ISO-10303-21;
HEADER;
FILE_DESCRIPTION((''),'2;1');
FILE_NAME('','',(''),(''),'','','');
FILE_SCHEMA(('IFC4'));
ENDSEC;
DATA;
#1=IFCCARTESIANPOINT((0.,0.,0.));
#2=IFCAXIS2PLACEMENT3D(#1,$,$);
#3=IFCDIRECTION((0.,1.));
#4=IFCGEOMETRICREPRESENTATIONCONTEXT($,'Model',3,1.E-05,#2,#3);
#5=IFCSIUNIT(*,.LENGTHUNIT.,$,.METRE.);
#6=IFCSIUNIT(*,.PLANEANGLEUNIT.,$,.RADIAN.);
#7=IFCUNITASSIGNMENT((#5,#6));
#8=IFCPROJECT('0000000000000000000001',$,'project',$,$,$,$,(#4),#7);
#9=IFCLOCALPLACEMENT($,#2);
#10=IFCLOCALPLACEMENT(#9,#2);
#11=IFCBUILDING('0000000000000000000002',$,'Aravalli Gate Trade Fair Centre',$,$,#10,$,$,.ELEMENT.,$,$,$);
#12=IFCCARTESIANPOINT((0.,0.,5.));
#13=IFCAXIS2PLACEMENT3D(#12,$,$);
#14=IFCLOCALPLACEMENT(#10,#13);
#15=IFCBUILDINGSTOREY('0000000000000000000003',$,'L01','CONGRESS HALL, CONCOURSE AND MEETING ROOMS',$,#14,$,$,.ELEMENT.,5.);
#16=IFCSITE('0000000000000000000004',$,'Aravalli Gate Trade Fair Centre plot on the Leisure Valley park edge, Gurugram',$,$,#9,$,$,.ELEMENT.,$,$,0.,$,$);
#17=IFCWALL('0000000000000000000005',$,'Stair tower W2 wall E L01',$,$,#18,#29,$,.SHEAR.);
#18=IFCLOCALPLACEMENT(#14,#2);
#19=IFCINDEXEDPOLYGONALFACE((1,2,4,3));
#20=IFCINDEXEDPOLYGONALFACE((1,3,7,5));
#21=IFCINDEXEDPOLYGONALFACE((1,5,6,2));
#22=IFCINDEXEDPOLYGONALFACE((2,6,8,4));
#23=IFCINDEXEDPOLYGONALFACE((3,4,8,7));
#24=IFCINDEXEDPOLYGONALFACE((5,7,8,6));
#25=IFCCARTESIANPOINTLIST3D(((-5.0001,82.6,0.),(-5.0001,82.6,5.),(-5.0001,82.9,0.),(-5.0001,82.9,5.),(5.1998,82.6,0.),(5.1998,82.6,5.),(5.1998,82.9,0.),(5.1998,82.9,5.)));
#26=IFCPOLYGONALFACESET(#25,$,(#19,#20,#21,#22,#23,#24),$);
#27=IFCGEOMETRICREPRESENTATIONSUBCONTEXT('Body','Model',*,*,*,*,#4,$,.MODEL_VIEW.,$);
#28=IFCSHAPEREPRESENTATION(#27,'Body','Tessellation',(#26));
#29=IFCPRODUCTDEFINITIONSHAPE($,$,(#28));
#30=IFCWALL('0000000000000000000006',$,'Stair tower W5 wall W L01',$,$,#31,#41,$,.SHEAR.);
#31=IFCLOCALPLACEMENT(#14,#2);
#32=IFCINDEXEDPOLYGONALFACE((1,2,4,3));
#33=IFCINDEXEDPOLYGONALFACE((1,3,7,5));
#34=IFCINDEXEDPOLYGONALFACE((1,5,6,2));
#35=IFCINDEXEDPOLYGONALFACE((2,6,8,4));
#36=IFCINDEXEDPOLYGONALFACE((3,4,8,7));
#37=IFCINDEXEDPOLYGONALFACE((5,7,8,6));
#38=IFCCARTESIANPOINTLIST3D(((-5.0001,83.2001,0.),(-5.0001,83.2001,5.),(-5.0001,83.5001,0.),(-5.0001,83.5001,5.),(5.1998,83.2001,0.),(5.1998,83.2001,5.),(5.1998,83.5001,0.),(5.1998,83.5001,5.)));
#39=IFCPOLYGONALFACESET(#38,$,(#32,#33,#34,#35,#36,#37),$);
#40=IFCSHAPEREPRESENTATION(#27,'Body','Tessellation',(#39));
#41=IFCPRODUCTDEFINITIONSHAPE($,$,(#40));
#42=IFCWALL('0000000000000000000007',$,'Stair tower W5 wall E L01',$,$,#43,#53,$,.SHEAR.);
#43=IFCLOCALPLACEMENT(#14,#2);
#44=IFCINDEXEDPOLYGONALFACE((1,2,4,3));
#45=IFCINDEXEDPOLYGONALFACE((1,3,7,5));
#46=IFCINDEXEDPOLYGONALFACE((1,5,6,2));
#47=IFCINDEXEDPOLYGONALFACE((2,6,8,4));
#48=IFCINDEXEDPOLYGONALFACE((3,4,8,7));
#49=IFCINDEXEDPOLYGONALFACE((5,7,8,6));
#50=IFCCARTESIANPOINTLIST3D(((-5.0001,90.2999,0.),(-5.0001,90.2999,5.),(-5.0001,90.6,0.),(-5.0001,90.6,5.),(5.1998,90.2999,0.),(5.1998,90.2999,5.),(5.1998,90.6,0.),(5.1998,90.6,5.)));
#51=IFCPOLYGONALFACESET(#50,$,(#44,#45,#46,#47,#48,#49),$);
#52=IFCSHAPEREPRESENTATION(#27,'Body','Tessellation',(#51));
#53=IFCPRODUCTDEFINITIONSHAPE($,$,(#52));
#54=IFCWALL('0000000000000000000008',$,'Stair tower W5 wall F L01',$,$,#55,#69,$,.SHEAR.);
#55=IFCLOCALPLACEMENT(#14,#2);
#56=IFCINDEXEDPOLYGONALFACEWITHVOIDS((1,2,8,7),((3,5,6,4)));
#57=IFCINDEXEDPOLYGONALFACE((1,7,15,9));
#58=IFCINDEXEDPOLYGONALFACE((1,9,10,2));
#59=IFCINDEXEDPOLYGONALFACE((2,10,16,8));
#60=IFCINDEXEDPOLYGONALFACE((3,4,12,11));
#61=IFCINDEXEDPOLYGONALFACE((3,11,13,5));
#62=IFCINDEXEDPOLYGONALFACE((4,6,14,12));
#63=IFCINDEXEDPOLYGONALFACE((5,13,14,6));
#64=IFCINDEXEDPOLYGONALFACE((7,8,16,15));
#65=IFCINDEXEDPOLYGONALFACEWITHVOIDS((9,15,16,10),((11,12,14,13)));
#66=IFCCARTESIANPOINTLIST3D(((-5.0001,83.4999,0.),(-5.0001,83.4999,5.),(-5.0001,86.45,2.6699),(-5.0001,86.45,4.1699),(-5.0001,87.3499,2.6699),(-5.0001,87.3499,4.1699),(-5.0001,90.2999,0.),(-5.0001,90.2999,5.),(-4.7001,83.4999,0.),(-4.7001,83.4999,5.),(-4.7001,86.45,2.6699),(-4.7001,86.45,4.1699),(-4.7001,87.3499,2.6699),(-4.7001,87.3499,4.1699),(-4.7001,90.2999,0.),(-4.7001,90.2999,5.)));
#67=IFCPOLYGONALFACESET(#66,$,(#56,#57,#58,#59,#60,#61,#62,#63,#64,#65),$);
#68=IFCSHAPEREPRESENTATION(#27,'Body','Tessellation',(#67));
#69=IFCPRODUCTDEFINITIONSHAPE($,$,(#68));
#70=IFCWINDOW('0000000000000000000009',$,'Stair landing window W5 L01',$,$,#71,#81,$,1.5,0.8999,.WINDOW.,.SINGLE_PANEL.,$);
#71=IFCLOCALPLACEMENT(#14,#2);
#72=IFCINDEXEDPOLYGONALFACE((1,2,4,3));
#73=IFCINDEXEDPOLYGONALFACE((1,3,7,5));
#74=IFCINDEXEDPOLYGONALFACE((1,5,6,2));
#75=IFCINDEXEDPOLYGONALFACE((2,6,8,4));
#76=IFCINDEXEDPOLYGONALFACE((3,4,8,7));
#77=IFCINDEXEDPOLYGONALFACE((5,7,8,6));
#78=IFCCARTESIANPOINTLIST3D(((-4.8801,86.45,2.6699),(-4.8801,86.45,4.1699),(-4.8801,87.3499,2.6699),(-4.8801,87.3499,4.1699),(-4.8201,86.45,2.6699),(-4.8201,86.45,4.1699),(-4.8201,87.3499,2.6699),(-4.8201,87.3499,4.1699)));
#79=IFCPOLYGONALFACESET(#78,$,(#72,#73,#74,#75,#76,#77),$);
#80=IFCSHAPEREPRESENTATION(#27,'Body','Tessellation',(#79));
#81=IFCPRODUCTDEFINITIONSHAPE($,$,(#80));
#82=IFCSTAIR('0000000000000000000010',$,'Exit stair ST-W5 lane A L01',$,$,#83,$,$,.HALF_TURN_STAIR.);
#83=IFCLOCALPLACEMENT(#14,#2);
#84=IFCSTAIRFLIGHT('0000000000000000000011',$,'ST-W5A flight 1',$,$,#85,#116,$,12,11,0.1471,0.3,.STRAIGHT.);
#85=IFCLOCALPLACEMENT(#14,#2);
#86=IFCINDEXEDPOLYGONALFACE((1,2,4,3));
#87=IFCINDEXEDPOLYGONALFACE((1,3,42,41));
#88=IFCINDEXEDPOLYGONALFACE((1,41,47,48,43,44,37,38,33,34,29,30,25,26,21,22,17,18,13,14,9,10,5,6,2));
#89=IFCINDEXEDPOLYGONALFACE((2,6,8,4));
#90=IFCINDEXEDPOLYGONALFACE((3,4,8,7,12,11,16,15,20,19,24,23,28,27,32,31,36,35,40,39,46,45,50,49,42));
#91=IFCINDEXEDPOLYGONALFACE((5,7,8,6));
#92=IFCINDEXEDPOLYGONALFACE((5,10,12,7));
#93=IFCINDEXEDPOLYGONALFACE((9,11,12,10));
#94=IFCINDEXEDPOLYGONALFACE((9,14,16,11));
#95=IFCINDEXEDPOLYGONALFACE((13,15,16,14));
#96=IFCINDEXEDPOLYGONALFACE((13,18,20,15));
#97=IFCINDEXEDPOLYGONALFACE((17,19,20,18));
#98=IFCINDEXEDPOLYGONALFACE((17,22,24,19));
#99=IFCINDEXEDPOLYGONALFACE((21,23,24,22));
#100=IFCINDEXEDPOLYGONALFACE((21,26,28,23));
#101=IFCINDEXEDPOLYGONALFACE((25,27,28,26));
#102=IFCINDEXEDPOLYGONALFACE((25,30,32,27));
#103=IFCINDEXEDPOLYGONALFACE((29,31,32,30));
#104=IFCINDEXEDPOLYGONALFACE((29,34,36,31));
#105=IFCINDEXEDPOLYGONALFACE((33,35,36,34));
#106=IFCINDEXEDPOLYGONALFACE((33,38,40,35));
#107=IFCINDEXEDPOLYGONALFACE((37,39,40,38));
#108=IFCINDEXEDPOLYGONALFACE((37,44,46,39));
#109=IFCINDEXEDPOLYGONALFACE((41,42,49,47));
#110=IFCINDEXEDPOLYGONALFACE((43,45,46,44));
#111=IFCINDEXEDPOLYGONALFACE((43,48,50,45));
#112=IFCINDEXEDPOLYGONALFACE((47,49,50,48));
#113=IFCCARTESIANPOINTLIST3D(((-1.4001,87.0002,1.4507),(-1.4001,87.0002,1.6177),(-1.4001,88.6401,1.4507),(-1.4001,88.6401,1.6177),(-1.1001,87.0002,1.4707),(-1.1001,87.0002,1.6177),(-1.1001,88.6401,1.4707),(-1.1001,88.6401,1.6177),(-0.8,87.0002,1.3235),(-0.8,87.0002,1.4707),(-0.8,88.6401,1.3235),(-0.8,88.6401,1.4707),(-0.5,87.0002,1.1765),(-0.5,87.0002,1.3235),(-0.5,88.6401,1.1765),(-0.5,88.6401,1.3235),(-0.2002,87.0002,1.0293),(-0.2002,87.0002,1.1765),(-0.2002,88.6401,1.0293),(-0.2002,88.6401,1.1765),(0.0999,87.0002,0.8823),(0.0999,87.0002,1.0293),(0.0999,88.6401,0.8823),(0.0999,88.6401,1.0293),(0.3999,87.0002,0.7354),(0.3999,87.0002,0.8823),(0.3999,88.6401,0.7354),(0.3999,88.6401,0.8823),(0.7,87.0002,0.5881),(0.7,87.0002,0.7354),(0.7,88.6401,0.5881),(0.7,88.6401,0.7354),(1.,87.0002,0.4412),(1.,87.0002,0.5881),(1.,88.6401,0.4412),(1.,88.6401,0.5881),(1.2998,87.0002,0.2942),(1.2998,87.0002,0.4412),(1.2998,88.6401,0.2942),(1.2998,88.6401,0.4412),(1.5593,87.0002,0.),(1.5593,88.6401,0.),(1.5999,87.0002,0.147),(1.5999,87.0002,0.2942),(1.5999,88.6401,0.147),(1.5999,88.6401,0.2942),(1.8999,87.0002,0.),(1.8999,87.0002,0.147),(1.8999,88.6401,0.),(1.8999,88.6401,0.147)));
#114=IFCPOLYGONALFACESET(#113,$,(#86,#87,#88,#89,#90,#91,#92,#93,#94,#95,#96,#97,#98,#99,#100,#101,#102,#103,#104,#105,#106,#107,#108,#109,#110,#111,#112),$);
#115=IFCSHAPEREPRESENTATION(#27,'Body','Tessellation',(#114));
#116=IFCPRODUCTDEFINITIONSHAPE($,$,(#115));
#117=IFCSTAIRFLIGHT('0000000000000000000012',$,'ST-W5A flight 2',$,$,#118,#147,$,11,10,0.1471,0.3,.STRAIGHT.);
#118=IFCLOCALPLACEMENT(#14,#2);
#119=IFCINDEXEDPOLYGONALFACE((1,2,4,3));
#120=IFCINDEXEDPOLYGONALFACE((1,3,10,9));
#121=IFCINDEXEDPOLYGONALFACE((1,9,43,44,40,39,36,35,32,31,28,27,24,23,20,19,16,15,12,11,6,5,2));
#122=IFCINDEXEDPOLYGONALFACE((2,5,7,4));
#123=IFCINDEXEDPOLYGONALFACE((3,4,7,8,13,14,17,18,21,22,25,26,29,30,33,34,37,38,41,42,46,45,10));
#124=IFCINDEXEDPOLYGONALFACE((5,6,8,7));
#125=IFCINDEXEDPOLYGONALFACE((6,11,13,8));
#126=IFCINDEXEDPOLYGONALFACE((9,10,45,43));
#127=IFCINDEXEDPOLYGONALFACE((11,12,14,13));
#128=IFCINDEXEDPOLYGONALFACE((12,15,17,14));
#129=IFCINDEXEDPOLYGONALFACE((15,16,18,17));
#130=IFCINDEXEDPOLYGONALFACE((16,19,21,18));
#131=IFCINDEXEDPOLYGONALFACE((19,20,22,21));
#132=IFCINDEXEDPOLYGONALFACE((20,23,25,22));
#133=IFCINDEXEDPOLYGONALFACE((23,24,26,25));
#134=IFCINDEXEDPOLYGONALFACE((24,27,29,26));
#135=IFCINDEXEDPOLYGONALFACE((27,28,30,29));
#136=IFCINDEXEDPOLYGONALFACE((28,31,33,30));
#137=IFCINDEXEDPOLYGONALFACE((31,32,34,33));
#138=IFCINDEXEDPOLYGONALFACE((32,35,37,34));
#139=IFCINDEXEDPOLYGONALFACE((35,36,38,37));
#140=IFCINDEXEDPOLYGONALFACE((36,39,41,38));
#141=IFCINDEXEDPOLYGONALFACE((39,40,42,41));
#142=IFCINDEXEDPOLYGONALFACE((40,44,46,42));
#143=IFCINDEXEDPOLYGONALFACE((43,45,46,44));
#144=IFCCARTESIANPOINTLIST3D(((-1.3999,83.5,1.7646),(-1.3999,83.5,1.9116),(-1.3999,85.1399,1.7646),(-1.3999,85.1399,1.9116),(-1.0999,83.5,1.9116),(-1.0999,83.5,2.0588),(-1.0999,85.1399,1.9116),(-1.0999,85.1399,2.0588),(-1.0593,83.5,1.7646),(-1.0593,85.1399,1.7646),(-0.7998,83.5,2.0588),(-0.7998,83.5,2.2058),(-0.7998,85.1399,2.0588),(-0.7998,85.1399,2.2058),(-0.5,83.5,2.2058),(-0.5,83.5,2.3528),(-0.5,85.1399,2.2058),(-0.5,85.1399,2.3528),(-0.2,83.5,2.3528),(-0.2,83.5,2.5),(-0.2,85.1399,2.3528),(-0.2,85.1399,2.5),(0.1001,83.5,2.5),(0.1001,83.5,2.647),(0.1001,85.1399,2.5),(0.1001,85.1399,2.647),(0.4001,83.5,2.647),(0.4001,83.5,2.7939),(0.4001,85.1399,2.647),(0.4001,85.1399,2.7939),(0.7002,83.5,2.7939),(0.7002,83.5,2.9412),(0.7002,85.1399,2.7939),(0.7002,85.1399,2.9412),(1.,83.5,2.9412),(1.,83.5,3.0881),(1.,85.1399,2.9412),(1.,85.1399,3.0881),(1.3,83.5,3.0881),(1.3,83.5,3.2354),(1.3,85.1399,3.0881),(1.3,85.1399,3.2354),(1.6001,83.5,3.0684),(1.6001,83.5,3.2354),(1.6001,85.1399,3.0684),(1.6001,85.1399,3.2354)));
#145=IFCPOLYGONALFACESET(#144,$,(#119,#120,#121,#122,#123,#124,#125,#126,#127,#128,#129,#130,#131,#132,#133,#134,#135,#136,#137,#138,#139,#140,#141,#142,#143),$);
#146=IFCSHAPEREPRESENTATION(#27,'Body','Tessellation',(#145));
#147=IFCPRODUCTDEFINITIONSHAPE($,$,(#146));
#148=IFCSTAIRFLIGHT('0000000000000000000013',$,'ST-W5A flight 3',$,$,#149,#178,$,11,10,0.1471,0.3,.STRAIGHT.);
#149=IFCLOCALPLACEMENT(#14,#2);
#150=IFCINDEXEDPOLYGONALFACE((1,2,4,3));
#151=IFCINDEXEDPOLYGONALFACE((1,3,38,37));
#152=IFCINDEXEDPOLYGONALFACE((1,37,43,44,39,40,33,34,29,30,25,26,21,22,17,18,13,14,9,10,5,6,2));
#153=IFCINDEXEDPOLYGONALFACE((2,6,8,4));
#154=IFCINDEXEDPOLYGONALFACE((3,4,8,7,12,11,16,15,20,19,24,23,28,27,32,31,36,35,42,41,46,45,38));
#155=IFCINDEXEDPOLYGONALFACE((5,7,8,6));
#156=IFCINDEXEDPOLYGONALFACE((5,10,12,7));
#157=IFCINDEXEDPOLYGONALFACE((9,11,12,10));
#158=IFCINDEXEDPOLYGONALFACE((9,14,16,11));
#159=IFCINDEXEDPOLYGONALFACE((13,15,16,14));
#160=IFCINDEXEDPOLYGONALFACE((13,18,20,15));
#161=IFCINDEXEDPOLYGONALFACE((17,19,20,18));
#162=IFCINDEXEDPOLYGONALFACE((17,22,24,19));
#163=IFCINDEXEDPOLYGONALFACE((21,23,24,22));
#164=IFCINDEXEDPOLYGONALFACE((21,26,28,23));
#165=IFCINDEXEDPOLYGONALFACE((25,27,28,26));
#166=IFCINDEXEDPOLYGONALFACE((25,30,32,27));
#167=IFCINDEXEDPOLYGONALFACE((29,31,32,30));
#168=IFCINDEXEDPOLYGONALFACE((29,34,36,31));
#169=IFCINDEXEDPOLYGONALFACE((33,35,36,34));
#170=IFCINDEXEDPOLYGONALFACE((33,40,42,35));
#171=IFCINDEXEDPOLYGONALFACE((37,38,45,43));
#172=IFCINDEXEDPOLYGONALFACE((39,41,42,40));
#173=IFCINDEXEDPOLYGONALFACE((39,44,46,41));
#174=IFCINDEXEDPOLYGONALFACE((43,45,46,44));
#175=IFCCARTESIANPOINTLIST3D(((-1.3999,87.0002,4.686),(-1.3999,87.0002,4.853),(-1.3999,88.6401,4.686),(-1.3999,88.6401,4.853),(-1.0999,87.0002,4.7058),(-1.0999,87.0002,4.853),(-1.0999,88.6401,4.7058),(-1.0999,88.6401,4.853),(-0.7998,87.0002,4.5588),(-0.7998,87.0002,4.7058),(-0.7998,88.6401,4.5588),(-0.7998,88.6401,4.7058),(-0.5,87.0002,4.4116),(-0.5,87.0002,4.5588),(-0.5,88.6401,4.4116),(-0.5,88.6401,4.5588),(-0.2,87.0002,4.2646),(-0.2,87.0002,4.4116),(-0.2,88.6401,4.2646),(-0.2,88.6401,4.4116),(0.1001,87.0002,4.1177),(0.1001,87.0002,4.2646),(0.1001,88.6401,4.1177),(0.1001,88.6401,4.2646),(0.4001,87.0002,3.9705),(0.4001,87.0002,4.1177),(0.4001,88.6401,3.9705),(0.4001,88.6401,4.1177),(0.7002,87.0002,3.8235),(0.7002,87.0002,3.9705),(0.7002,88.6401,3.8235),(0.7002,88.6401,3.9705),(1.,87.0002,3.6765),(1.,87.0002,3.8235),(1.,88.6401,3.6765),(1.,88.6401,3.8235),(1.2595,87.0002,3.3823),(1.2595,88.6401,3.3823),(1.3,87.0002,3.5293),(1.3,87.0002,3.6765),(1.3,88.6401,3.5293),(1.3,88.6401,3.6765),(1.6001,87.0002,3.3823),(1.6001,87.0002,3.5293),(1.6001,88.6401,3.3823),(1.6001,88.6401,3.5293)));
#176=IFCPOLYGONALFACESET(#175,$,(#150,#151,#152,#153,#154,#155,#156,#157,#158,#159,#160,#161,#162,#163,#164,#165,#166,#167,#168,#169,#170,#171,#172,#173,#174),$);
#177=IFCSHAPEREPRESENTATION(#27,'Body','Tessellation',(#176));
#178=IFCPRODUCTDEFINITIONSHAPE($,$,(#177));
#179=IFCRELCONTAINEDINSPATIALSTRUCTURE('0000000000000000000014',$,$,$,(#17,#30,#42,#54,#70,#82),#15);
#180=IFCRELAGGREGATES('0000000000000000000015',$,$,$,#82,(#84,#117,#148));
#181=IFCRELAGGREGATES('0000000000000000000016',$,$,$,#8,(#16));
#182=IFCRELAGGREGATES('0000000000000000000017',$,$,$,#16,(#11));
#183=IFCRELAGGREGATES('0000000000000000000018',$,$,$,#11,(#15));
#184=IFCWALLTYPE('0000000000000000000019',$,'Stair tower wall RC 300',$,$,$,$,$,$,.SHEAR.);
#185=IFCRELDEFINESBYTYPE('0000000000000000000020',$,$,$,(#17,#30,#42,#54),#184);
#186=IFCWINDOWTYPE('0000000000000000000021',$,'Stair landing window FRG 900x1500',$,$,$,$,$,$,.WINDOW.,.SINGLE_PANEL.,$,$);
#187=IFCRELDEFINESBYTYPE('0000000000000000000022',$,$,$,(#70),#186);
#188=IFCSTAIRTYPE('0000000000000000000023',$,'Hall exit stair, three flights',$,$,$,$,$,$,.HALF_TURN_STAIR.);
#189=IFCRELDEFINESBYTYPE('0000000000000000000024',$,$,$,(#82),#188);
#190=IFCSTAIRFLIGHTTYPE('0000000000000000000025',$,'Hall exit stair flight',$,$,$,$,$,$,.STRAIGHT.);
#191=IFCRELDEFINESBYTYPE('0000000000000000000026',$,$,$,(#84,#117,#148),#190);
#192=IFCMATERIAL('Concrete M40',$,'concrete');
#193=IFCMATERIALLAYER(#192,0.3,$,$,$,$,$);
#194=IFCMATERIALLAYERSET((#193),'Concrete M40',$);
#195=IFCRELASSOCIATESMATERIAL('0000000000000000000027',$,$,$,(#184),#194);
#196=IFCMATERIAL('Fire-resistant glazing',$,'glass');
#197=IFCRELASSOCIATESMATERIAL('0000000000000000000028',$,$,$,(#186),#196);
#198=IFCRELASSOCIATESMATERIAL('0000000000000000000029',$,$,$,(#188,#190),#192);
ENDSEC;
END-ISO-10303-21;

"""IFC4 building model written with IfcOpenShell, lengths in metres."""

from ifc_helpers import new_model, si_unit, direction, frame, frame_2d, origin, place, context, subcontext, project, spatial, polyline, rectangle, outline, extrude, material, layer, layer_set, type_object, element, fill, aggregate, save


model = new_model("IFC4")

# Units and contexts
model_context = context("Model", 3, precision=1e-05, world=origin(), true_north=direction((0.0, 1.0)))
body_context = subcontext(model_context, "Body", "Model", "MODEL_VIEW")
ifc_project = project(units=[si_unit("LENGTHUNIT", "METRE"), si_unit("PLANEANGLEUNIT", "RADIAN")], contexts=[model_context])

# Site, building, storey
site_placement = place(None, origin())
site = spatial("IfcSite", under=ifc_project, at=site_placement, Name="Aravalli Gate Trade Fair Centre plot on the Leisure Valley park edge, Gurugram", CompositionType="ELEMENT", RefElevation=0.0)
building_placement = place(site_placement, origin())
building = spatial("IfcBuilding", under=site, at=building_placement, Name="Aravalli Gate Trade Fair Centre", CompositionType="ELEMENT")
storey_placement = place(building_placement, frame((0.0, 0.0, 5.0)))
storey = spatial("IfcBuildingStorey", under=building, at=storey_placement, Name="L01", Description="CONGRESS HALL, CONCOURSE AND MEETING ROOMS", CompositionType="ELEMENT", Elevation=5.0)

# Walls
ifc_material_1 = material(Name="Concrete M40", Category="concrete")
ifc_layer = layer(ifc_material_1, 0.3)
ifc_layer_set = layer_set([ifc_layer], Name="Concrete M40")
wall_type = type_object("IfcWallType", Name="Stair tower wall RC 300", PredefinedType="SHEAR", material=ifc_layer_set)
for number, where, z_axis, x_axis, name in (
    (1, (5.2, 82.75, 0.0), (0.0, 0.0, 1.0), (-1.0, 0.0, 0.0), "Stair tower W2 wall E L01"),
    (2, (5.2, 83.3501, 0.0), (0.0, 0.0, 1.0), (-1.0, 0.0, 0.0), "Stair tower W5 wall W L01"),
    (3, (5.2, 90.45, 0.0), (0.0, 0.0, 1.0), (-1.0, 0.0, 0.0), "Stair tower W5 wall E L01"),
):
    element("IfcWall", number, at=place(storey_placement, frame(where, z_axis=z_axis, x_axis=x_axis)), inside=storey, type_object=wall_type, Name=name, PredefinedType="SHEAR", context=body_context, shape_type="SweptSolid", body=[
        extrude(rectangle(XDim=10.2, YDim=0.3, at=frame_2d((5.1001, 0.0))), origin(), (0.0, 0.0, 1.0), 5.0),
    ])

# Wall, opening, window
wall_placement = place(storey_placement, frame((-4.8501, 83.5, 0.0), z_axis=(0.0, 0.0, 1.0), x_axis=(0.0, 1.0, 0.0)))
wall = element("IfcWall", 4, at=wall_placement, inside=storey, type_object=wall_type, Name="Stair tower W5 wall F L01", PredefinedType="SHEAR", context=body_context, shape_type="SweptSolid", body=[
    extrude(rectangle(XDim=6.8, YDim=0.3, at=frame_2d((3.3999, 0.0))), origin(), (0.0, 0.0, 1.0), 5.0),
])
opening_placement = place(wall_placement, frame((2.95, 0.0, 2.6699)))
opening = element("IfcOpeningElement", 5, at=opening_placement, cuts=wall, PredefinedType="OPENING", context=body_context, shape_type="SweptSolid", body=[
    extrude(rectangle(XDim=0.8999, YDim=1.5, at=frame_2d((0.45, 0.75))), frame((0.0, 0.1599, 0.0), z_axis=(0.0, -1.0, 0.0), x_axis=(1.0, 0.0, 0.0)), (0.0, 0.0, 1.0), 0.3201),
])
ifc_material_2 = material(Name="Fire-resistant glazing", Category="glass")
window_type = type_object("IfcWindowType", Name="Stair landing window FRG 900x1500", PartitioningType="SINGLE_PANEL", PredefinedType="WINDOW", material=ifc_material_2)
window_placement = place(opening_placement, origin())
window = element("IfcWindow", 6, at=window_placement, inside=storey, type_object=window_type, Name="Stair landing window W5 L01", OverallHeight=1.5, OverallWidth=0.8999, PartitioningType="SINGLE_PANEL", PredefinedType="WINDOW", context=body_context, shape_type="SweptSolid", body=[
    extrude(rectangle(XDim=0.8999, YDim=1.5, at=frame_2d((0.45, 0.75))), frame((0.0, 0.03, 0.0), z_axis=(0.0, -1.0, 0.0), x_axis=(1.0, 0.0, 0.0)), (0.0, 0.0, 1.0), 0.0601),
])
fill(opening, window)

# Stair, stair flights
stair_type = type_object("IfcStairType", Name="Hall exit stair, three flights", PredefinedType="HALF_TURN_STAIR", material=ifc_material_1)
stair_1_placement = place(storey_placement, origin())
stair_1 = element("IfcStair", 7, at=stair_1_placement, inside=storey, type_object=stair_type, Name="Exit stair ST-W5 lane A L01", PredefinedType="HALF_TURN_STAIR")
stair_flight_type = type_object("IfcStairFlightType", Name="Hall exit stair flight", PredefinedType="STRAIGHT", material=ifc_material_1)
stair_flight_1_placement = place(storey_placement, frame((1.8999, 87.8201, 0.0), z_axis=(0.0, 0.0, 1.0), x_axis=(-1.0, 0.0, 0.0)))
stair_flight_1 = element("IfcStairFlight", 8, at=stair_flight_1_placement, type_object=stair_flight_type, Name="ST-W5A flight 1", NumberOfRisers=12, NumberOfTreads=11, PredefinedType="STRAIGHT", RiserHeight=0.1471, TreadLength=0.3, context=body_context, shape_type="SweptSolid", body=[
    extrude(outline(polyline([(0.0, 0.0), (0.0, 0.147), (0.3, 0.147), (0.3, 0.2942), (0.6001, 0.2942), (0.6001, 0.4412), (0.8999, 0.4412), (0.8999, 0.5881), (1.2, 0.5881), (1.2, 0.7354), (1.5, 0.7354), (1.5, 0.8823), (1.8, 0.8823), (1.8, 1.0293), (2.1001, 1.0293), (2.1001, 1.1765), (2.3999, 1.1765), (2.3999, 1.3235), (2.7, 1.3235), (2.7, 1.4707), (3.0, 1.4707), (3.0, 1.6177), (3.3, 1.6177), (3.3, 1.7646), (3.3, 1.4507), (0.3406, 0.0), (0.0, 0.0)])), frame((0.0, 0.8198, 0.0), z_axis=(0.0, -1.0, 0.0), x_axis=(1.0, 0.0, 0.0)), (0.0, 0.0, 1.0), 1.6399),
])
stair_flight_2_placement = place(storey_placement, frame((-1.3999, 84.3201, 1.7646), z_axis=(0.0, 0.0, 1.0), x_axis=(1.0, 0.0, 0.0)))
stair_flight_2 = element("IfcStairFlight", 9, at=stair_flight_2_placement, type_object=stair_flight_type, Name="ST-W5A flight 2", NumberOfRisers=11, NumberOfTreads=10, PredefinedType="STRAIGHT", RiserHeight=0.1471, TreadLength=0.3, context=body_context, shape_type="SweptSolid", body=[
    extrude(outline(polyline([(0.0, 0.0), (0.0, 0.147), (0.3, 0.147), (0.3, 0.2942), (0.6001, 0.2942), (0.6001, 0.4412), (0.8999, 0.4412), (0.8999, 0.5881), (1.2, 0.5881), (1.2, 0.7354), (1.5, 0.7354), (1.5, 0.8823), (1.8, 0.8823), (1.8, 1.0293), (2.1001, 1.0293), (2.1001, 1.1765), (2.3999, 1.1765), (2.3999, 1.3235), (2.7, 1.3235), (2.7, 1.4707), (3.0, 1.4707), (3.0, 1.6177), (3.0, 1.3037), (0.3406, 0.0), (0.0, 0.0)])), frame((0.0, 0.8198, 0.0), z_axis=(0.0, -1.0, 0.0), x_axis=(1.0, 0.0, 0.0)), (0.0, 0.0, 1.0), 1.6399),
])
stair_flight_3_placement = place(storey_placement, frame((1.6001, 87.8201, 3.3823), z_axis=(0.0, 0.0, 1.0), x_axis=(-1.0, 0.0, 0.0)))
stair_flight_3 = element("IfcStairFlight", 10, at=stair_flight_3_placement, type_object=stair_flight_type, Name="ST-W5A flight 3", NumberOfRisers=11, NumberOfTreads=10, PredefinedType="STRAIGHT", RiserHeight=0.1471, TreadLength=0.3, context=body_context, shape_type="SweptSolid", body=[
    extrude(outline(polyline([(0.0, 0.0), (0.0, 0.147), (0.3, 0.147), (0.3, 0.2942), (0.6001, 0.2942), (0.6001, 0.4412), (0.8999, 0.4412), (0.8999, 0.5881), (1.2, 0.5881), (1.2, 0.7354), (1.5, 0.7354), (1.5, 0.8823), (1.8, 0.8823), (1.8, 1.0293), (2.1001, 1.0293), (2.1001, 1.1765), (2.3999, 1.1765), (2.3999, 1.3235), (2.7, 1.3235), (2.7, 1.4707), (3.0, 1.4707), (3.0, 1.6177), (3.0, 1.3037), (0.3406, 0.0), (0.0, 0.0)])), frame((0.0, 0.8198, 0.0), z_axis=(0.0, -1.0, 0.0), x_axis=(1.0, 0.0, 0.0)), (0.0, 0.0, 1.0), 1.6399),
])
aggregate(stair_1, [stair_flight_1, stair_flight_2, stair_flight_3])

save(model, "model.ifc")
